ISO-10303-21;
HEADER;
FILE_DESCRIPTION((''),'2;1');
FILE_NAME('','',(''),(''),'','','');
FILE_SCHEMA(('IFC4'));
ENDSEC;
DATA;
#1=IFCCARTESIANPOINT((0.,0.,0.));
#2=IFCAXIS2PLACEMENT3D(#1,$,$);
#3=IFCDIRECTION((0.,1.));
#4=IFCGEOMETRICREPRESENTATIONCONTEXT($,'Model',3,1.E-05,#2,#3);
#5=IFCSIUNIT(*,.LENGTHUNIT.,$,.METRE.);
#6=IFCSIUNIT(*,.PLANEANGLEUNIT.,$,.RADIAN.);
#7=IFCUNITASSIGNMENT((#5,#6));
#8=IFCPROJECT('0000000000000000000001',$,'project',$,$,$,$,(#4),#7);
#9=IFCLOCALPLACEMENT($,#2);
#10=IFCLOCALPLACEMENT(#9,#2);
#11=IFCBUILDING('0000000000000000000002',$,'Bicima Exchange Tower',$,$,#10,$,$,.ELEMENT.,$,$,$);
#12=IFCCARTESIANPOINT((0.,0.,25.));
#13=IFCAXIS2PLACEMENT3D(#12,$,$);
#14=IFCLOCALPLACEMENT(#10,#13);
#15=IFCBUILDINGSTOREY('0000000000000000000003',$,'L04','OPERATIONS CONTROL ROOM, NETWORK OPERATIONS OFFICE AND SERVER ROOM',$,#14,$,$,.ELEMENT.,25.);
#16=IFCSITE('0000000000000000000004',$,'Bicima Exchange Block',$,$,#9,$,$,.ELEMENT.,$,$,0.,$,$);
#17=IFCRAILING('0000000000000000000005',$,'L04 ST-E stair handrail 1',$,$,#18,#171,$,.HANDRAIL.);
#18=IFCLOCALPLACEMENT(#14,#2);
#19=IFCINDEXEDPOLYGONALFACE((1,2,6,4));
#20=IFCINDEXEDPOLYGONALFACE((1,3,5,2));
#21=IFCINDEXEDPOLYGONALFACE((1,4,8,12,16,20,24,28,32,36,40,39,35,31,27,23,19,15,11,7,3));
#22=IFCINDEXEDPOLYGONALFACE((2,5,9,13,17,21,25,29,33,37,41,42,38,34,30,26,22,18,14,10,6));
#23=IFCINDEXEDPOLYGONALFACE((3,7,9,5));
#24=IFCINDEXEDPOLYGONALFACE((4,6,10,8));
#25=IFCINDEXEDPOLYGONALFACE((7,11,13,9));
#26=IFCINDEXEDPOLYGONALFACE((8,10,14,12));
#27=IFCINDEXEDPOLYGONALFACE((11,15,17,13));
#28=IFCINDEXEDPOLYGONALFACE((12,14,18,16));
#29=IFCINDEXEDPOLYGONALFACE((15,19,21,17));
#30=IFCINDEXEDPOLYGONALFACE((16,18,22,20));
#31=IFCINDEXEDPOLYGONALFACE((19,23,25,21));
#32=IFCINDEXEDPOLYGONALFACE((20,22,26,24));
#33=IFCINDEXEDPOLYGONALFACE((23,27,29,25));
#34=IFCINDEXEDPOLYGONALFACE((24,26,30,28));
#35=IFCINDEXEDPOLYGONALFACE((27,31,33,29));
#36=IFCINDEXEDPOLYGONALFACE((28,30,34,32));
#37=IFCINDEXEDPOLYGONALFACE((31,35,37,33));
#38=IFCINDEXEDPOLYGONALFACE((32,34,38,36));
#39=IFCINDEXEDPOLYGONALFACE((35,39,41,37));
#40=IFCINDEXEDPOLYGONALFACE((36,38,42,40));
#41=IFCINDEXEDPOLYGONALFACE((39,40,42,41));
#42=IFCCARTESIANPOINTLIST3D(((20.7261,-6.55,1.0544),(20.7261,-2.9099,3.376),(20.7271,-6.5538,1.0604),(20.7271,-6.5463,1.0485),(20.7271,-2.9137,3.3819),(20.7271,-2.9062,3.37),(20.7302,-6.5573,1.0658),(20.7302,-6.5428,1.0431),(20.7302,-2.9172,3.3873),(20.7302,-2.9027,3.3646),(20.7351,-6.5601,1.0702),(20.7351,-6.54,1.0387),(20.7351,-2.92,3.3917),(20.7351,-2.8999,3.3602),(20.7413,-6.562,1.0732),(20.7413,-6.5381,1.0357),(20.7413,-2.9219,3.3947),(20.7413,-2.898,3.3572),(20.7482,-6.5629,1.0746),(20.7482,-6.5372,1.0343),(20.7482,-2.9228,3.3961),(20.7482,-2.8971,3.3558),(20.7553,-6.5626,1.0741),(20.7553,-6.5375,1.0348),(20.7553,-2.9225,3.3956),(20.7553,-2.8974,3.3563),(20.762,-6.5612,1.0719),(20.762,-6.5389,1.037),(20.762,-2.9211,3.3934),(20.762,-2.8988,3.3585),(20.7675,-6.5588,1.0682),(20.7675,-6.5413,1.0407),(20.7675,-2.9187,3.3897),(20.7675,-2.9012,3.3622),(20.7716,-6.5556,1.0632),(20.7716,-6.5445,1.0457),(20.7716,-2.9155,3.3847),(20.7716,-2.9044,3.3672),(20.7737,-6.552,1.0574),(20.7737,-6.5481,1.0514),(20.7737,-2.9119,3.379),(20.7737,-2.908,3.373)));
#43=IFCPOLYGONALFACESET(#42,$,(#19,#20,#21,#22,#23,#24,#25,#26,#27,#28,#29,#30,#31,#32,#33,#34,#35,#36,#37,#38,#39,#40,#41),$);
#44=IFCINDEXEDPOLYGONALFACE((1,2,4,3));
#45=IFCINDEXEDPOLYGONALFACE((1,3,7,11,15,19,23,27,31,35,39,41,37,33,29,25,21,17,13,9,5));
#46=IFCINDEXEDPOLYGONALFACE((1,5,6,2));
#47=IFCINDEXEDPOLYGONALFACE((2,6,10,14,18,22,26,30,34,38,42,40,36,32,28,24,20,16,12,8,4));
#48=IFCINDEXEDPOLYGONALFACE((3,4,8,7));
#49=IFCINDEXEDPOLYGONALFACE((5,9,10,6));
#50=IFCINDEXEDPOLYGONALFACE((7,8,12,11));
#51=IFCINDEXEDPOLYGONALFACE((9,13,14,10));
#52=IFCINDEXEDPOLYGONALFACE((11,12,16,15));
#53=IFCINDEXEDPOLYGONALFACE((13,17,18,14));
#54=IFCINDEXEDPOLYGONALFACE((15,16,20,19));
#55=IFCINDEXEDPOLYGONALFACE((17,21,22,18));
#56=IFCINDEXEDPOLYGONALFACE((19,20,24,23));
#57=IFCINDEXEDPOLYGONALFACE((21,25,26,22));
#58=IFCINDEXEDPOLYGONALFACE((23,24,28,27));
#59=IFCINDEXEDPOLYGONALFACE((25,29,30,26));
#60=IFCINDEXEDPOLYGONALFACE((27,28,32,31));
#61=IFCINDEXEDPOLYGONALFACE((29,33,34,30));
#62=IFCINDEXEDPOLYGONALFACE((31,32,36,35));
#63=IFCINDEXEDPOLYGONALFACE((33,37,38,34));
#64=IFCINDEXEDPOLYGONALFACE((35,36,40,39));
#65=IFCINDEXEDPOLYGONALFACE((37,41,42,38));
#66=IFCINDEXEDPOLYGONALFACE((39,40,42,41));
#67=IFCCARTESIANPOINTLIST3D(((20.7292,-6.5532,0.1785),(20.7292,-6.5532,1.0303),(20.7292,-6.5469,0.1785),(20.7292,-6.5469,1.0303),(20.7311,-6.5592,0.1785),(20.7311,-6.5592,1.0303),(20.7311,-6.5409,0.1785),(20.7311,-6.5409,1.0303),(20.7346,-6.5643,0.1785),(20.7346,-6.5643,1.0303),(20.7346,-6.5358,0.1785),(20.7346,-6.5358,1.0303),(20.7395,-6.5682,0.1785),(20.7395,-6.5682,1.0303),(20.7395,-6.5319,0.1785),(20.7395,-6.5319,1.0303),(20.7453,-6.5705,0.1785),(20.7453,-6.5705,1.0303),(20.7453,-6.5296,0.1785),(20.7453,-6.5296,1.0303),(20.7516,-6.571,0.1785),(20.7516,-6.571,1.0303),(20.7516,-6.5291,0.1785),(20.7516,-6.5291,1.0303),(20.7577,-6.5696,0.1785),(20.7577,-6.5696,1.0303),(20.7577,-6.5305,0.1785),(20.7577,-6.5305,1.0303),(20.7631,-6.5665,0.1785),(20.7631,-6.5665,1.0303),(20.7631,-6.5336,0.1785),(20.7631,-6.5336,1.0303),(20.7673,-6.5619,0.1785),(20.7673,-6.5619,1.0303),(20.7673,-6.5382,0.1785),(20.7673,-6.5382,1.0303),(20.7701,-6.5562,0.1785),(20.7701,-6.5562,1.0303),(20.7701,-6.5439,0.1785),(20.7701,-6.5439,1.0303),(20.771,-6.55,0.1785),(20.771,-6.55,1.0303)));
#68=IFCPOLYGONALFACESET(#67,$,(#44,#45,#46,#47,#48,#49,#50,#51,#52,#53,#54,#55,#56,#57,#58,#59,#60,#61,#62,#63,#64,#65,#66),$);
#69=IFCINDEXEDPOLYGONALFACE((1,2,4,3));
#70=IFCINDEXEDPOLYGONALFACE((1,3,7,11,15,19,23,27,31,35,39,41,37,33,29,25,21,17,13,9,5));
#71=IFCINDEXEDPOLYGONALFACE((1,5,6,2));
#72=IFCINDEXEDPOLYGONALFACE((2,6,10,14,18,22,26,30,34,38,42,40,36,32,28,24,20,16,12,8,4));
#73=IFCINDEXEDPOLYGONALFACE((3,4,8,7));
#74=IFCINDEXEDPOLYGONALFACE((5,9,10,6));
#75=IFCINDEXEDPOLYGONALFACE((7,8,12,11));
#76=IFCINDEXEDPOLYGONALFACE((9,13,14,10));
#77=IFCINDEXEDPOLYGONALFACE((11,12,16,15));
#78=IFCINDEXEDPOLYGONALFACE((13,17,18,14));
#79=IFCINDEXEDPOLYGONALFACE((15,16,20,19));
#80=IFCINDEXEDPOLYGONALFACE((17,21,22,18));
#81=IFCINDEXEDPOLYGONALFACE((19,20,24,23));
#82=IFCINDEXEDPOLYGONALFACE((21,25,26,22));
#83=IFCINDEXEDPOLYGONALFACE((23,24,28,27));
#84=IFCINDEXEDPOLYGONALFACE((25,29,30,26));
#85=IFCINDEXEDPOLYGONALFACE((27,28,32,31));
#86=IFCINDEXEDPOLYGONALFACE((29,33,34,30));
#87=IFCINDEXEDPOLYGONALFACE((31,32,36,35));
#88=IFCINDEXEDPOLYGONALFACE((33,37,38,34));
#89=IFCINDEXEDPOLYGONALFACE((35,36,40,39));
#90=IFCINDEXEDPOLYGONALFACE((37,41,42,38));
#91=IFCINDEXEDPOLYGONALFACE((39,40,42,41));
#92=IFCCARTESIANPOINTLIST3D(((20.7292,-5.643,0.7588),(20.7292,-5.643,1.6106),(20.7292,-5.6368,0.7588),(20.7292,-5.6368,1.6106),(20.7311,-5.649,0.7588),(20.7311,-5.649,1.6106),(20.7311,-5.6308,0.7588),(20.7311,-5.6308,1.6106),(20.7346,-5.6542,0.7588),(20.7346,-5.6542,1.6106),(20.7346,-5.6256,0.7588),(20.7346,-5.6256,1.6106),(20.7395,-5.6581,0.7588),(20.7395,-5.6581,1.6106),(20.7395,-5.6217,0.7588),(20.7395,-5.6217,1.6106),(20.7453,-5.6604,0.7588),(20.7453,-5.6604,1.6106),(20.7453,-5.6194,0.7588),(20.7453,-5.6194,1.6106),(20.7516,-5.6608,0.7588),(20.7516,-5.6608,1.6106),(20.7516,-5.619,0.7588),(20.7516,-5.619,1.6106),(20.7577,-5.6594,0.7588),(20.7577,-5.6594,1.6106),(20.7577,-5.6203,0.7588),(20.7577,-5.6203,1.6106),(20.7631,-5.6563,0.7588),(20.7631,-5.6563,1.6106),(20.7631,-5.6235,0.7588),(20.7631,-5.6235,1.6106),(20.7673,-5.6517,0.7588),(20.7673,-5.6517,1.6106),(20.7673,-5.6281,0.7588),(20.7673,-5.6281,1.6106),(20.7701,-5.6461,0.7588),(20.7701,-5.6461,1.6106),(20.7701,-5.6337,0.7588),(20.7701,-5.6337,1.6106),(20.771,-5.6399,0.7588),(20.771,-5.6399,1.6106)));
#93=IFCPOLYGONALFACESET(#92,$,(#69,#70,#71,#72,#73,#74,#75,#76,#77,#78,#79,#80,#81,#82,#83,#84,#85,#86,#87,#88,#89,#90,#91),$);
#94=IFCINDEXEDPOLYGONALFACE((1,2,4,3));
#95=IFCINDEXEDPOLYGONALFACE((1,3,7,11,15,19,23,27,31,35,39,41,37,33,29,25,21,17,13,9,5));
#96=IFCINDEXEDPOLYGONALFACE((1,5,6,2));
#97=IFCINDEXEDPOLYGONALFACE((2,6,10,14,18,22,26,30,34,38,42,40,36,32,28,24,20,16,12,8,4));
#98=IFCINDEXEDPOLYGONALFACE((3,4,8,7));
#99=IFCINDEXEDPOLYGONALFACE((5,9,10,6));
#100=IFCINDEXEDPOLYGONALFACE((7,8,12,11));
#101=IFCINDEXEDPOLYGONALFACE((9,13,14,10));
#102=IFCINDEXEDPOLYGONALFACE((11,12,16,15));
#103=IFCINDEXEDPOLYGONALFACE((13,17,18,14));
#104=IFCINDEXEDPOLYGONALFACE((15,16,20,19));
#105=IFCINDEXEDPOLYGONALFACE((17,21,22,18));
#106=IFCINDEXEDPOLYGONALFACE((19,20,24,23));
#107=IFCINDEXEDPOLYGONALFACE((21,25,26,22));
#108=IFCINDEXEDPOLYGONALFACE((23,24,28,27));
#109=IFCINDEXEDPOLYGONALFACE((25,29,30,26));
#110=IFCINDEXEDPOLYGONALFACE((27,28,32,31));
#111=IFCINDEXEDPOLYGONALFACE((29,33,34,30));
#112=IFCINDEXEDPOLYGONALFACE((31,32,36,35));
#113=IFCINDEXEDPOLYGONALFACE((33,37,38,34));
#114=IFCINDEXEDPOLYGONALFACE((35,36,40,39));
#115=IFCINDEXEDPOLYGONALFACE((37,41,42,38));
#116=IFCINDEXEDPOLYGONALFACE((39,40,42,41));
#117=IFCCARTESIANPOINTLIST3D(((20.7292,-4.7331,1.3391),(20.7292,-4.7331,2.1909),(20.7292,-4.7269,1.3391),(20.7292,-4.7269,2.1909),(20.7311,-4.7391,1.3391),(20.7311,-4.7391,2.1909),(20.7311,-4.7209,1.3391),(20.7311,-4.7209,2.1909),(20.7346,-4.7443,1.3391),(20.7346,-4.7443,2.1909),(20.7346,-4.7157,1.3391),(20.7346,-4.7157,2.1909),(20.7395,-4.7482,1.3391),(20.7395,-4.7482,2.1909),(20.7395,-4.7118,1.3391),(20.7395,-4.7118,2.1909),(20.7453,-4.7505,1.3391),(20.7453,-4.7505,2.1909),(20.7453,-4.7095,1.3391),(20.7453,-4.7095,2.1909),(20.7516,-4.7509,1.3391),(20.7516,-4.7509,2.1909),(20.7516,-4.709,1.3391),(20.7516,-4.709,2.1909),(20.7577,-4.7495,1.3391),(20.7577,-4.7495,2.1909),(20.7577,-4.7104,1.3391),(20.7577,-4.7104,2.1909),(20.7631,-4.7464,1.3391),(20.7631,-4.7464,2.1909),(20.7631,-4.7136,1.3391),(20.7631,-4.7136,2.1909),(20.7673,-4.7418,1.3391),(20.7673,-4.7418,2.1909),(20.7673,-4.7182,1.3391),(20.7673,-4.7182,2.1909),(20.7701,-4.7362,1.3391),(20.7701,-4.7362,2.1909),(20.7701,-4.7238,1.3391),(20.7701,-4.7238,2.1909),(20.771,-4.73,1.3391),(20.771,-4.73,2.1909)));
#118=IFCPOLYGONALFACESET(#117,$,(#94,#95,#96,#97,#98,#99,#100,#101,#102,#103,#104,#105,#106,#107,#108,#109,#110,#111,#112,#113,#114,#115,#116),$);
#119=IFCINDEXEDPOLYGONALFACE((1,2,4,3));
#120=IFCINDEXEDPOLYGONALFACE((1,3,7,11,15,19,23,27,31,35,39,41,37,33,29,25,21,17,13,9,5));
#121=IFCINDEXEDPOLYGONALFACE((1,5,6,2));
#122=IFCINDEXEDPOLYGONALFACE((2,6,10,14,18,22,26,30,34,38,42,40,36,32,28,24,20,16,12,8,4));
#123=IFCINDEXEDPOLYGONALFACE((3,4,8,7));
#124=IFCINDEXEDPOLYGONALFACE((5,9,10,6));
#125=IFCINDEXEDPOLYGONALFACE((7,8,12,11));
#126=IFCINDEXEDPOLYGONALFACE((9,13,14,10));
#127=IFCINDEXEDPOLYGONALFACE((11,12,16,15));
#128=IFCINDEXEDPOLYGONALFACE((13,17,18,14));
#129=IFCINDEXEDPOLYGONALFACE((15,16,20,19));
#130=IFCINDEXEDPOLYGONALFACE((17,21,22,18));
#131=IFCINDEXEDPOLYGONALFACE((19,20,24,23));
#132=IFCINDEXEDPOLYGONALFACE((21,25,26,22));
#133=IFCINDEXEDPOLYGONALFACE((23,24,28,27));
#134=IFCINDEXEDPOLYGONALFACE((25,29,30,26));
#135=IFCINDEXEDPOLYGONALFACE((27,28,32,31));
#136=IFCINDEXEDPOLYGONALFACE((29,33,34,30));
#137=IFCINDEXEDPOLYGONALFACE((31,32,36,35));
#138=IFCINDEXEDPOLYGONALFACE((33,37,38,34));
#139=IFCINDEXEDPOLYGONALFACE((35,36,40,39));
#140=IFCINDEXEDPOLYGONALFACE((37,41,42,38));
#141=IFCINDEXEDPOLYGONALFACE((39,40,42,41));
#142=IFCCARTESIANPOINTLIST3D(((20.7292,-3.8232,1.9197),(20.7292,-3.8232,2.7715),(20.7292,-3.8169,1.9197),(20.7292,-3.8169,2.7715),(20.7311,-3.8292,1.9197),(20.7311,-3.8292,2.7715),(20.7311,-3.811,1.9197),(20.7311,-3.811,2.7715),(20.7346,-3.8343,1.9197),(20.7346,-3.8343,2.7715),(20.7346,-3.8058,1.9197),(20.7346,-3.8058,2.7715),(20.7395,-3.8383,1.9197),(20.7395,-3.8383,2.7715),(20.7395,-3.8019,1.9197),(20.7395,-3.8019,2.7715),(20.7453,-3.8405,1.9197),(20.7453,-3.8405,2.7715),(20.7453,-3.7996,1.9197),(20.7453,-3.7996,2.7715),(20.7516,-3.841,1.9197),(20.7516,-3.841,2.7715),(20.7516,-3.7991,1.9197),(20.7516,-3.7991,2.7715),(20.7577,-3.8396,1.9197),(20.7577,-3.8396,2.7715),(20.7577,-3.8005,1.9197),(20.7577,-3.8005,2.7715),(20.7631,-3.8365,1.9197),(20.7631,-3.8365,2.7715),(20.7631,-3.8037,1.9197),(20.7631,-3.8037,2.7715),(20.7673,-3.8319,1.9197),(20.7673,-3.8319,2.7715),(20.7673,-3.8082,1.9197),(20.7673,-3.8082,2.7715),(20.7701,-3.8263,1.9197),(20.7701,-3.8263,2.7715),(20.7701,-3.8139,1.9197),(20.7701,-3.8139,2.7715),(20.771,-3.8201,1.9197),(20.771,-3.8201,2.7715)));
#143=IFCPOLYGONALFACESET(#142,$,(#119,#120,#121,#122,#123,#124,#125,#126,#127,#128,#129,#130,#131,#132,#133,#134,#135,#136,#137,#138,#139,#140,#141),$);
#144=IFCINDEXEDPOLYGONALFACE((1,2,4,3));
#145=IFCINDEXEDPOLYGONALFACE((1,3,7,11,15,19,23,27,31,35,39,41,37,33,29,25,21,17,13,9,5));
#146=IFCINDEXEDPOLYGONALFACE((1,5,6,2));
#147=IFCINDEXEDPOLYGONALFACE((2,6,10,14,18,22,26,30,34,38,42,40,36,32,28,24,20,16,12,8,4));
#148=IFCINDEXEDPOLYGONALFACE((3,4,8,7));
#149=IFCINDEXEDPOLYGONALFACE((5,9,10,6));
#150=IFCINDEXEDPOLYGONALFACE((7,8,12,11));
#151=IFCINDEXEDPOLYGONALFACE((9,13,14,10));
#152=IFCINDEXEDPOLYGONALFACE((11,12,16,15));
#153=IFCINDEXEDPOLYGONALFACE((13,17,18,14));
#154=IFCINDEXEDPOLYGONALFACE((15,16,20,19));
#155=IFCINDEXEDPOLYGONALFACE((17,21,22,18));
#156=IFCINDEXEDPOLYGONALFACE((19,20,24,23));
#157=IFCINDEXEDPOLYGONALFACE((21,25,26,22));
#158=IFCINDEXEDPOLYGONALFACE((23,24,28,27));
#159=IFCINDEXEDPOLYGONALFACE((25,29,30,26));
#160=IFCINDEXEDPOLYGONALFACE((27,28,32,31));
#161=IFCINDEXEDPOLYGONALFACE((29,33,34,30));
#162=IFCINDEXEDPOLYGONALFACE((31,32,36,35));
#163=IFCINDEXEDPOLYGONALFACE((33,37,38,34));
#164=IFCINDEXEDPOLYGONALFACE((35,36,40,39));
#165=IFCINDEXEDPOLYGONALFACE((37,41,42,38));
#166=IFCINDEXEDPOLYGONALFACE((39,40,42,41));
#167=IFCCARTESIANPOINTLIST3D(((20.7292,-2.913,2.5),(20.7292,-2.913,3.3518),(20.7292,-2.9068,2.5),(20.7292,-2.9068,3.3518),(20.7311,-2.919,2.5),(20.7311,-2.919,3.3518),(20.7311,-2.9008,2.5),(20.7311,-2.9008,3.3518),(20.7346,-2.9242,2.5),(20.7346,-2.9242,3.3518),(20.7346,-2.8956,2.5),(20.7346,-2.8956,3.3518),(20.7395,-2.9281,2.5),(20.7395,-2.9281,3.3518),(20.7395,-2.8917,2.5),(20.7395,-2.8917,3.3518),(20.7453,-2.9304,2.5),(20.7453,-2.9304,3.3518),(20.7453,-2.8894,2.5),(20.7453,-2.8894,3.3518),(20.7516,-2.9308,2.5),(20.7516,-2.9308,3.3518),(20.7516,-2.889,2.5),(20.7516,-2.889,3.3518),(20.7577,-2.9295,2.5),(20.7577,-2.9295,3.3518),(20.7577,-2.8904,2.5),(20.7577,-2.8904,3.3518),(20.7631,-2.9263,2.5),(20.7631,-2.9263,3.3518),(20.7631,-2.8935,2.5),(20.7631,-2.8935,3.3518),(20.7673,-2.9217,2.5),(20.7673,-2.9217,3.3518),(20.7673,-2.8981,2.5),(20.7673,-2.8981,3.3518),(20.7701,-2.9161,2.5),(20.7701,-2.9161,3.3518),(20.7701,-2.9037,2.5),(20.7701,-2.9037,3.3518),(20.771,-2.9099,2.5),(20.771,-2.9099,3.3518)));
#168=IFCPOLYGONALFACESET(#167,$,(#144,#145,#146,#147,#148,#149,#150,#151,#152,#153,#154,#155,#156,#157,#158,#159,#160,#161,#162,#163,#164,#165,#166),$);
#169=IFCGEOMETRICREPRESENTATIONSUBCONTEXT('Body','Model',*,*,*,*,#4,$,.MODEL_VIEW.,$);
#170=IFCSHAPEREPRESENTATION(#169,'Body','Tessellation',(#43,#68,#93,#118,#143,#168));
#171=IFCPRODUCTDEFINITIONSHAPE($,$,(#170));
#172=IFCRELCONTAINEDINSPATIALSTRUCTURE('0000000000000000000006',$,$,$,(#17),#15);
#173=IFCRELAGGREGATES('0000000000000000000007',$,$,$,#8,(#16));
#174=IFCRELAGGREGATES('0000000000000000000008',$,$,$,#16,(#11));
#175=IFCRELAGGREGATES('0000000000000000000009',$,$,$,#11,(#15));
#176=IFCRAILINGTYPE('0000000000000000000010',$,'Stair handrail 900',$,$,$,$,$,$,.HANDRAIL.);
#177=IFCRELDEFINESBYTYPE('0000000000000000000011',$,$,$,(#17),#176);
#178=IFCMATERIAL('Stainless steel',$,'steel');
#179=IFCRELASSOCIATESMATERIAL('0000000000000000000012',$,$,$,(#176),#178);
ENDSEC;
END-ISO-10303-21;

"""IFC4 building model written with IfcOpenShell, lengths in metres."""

from ifc_helpers import new_model, si_unit, direction, frame, origin, origin_2d, place, context, subcontext, project, spatial, circle, extrude, material, type_object, element, save


model = new_model("IFC4")

# Units and contexts
model_context = context("Model", 3, precision=1e-05, world=origin(), true_north=direction((0.0, 1.0)))
body_context = subcontext(model_context, "Body", "Model", "MODEL_VIEW")
ifc_project = project(units=[si_unit("LENGTHUNIT", "METRE"), si_unit("PLANEANGLEUNIT", "RADIAN")], contexts=[model_context])

# Site, building, storey
site_placement = place(None, origin())
site = spatial("IfcSite", under=ifc_project, at=site_placement, Name="Bicima Exchange Block", CompositionType="ELEMENT", RefElevation=0.0)
building_placement = place(site_placement, origin())
building = spatial("IfcBuilding", under=site, at=building_placement, Name="Bicima Exchange Tower", CompositionType="ELEMENT")
storey_placement = place(building_placement, frame((0.0, 0.0, 25.0)))
storey = spatial("IfcBuildingStorey", under=building, at=storey_placement, Name="L04", Description="OPERATIONS CONTROL ROOM, NETWORK OPERATIONS OFFICE AND SERVER ROOM", CompositionType="ELEMENT", Elevation=25.0)

# Railing
ifc_material_1 = material(Name="Stainless steel", Category="steel")
railing_type_1 = type_object("IfcRailingType", Name="Stair handrail 900", PredefinedType="HANDRAIL", material=ifc_material_1)
railing_1_placement = place(storey_placement, frame((20.75, -6.55, 0.1785)))
element("IfcRailing", 1, at=railing_1_placement, inside=storey, type_object=railing_type_1, Name="L04 ST-E stair handrail 1", PredefinedType="HANDRAIL", context=body_context, shape_type="SweptSolid", body=[
    extrude(circle(Radius=0.0239, at=origin_2d()), frame((0.0, 0.0, 0.876), z_axis=(0.0, 0.843128, 0.537713), x_axis=(-1.0, 0.0, 0.0)), (0.0, 0.0, 1.0), 4.3174),
    extrude(circle(Radius=0.021, at=origin_2d()), origin(), (0.0, 0.0, 1.0), 0.8518),
    extrude(circle(Radius=0.021, at=origin_2d()), frame((0.0, 0.9102, 0.5803)), (0.0, 0.0, 1.0), 0.8518),
    extrude(circle(Radius=0.021, at=origin_2d()), frame((0.0, 1.8201, 1.1606)), (0.0, 0.0, 1.0), 0.8518),
    extrude(circle(Radius=0.021, at=origin_2d()), frame((0.0, 2.73, 1.7412)), (0.0, 0.0, 1.0), 0.8518),
    extrude(circle(Radius=0.021, at=origin_2d()), frame((0.0, 3.6401, 2.3215)), (0.0, 0.0, 1.0), 0.8518),
])

save(model, "model.ifc")
